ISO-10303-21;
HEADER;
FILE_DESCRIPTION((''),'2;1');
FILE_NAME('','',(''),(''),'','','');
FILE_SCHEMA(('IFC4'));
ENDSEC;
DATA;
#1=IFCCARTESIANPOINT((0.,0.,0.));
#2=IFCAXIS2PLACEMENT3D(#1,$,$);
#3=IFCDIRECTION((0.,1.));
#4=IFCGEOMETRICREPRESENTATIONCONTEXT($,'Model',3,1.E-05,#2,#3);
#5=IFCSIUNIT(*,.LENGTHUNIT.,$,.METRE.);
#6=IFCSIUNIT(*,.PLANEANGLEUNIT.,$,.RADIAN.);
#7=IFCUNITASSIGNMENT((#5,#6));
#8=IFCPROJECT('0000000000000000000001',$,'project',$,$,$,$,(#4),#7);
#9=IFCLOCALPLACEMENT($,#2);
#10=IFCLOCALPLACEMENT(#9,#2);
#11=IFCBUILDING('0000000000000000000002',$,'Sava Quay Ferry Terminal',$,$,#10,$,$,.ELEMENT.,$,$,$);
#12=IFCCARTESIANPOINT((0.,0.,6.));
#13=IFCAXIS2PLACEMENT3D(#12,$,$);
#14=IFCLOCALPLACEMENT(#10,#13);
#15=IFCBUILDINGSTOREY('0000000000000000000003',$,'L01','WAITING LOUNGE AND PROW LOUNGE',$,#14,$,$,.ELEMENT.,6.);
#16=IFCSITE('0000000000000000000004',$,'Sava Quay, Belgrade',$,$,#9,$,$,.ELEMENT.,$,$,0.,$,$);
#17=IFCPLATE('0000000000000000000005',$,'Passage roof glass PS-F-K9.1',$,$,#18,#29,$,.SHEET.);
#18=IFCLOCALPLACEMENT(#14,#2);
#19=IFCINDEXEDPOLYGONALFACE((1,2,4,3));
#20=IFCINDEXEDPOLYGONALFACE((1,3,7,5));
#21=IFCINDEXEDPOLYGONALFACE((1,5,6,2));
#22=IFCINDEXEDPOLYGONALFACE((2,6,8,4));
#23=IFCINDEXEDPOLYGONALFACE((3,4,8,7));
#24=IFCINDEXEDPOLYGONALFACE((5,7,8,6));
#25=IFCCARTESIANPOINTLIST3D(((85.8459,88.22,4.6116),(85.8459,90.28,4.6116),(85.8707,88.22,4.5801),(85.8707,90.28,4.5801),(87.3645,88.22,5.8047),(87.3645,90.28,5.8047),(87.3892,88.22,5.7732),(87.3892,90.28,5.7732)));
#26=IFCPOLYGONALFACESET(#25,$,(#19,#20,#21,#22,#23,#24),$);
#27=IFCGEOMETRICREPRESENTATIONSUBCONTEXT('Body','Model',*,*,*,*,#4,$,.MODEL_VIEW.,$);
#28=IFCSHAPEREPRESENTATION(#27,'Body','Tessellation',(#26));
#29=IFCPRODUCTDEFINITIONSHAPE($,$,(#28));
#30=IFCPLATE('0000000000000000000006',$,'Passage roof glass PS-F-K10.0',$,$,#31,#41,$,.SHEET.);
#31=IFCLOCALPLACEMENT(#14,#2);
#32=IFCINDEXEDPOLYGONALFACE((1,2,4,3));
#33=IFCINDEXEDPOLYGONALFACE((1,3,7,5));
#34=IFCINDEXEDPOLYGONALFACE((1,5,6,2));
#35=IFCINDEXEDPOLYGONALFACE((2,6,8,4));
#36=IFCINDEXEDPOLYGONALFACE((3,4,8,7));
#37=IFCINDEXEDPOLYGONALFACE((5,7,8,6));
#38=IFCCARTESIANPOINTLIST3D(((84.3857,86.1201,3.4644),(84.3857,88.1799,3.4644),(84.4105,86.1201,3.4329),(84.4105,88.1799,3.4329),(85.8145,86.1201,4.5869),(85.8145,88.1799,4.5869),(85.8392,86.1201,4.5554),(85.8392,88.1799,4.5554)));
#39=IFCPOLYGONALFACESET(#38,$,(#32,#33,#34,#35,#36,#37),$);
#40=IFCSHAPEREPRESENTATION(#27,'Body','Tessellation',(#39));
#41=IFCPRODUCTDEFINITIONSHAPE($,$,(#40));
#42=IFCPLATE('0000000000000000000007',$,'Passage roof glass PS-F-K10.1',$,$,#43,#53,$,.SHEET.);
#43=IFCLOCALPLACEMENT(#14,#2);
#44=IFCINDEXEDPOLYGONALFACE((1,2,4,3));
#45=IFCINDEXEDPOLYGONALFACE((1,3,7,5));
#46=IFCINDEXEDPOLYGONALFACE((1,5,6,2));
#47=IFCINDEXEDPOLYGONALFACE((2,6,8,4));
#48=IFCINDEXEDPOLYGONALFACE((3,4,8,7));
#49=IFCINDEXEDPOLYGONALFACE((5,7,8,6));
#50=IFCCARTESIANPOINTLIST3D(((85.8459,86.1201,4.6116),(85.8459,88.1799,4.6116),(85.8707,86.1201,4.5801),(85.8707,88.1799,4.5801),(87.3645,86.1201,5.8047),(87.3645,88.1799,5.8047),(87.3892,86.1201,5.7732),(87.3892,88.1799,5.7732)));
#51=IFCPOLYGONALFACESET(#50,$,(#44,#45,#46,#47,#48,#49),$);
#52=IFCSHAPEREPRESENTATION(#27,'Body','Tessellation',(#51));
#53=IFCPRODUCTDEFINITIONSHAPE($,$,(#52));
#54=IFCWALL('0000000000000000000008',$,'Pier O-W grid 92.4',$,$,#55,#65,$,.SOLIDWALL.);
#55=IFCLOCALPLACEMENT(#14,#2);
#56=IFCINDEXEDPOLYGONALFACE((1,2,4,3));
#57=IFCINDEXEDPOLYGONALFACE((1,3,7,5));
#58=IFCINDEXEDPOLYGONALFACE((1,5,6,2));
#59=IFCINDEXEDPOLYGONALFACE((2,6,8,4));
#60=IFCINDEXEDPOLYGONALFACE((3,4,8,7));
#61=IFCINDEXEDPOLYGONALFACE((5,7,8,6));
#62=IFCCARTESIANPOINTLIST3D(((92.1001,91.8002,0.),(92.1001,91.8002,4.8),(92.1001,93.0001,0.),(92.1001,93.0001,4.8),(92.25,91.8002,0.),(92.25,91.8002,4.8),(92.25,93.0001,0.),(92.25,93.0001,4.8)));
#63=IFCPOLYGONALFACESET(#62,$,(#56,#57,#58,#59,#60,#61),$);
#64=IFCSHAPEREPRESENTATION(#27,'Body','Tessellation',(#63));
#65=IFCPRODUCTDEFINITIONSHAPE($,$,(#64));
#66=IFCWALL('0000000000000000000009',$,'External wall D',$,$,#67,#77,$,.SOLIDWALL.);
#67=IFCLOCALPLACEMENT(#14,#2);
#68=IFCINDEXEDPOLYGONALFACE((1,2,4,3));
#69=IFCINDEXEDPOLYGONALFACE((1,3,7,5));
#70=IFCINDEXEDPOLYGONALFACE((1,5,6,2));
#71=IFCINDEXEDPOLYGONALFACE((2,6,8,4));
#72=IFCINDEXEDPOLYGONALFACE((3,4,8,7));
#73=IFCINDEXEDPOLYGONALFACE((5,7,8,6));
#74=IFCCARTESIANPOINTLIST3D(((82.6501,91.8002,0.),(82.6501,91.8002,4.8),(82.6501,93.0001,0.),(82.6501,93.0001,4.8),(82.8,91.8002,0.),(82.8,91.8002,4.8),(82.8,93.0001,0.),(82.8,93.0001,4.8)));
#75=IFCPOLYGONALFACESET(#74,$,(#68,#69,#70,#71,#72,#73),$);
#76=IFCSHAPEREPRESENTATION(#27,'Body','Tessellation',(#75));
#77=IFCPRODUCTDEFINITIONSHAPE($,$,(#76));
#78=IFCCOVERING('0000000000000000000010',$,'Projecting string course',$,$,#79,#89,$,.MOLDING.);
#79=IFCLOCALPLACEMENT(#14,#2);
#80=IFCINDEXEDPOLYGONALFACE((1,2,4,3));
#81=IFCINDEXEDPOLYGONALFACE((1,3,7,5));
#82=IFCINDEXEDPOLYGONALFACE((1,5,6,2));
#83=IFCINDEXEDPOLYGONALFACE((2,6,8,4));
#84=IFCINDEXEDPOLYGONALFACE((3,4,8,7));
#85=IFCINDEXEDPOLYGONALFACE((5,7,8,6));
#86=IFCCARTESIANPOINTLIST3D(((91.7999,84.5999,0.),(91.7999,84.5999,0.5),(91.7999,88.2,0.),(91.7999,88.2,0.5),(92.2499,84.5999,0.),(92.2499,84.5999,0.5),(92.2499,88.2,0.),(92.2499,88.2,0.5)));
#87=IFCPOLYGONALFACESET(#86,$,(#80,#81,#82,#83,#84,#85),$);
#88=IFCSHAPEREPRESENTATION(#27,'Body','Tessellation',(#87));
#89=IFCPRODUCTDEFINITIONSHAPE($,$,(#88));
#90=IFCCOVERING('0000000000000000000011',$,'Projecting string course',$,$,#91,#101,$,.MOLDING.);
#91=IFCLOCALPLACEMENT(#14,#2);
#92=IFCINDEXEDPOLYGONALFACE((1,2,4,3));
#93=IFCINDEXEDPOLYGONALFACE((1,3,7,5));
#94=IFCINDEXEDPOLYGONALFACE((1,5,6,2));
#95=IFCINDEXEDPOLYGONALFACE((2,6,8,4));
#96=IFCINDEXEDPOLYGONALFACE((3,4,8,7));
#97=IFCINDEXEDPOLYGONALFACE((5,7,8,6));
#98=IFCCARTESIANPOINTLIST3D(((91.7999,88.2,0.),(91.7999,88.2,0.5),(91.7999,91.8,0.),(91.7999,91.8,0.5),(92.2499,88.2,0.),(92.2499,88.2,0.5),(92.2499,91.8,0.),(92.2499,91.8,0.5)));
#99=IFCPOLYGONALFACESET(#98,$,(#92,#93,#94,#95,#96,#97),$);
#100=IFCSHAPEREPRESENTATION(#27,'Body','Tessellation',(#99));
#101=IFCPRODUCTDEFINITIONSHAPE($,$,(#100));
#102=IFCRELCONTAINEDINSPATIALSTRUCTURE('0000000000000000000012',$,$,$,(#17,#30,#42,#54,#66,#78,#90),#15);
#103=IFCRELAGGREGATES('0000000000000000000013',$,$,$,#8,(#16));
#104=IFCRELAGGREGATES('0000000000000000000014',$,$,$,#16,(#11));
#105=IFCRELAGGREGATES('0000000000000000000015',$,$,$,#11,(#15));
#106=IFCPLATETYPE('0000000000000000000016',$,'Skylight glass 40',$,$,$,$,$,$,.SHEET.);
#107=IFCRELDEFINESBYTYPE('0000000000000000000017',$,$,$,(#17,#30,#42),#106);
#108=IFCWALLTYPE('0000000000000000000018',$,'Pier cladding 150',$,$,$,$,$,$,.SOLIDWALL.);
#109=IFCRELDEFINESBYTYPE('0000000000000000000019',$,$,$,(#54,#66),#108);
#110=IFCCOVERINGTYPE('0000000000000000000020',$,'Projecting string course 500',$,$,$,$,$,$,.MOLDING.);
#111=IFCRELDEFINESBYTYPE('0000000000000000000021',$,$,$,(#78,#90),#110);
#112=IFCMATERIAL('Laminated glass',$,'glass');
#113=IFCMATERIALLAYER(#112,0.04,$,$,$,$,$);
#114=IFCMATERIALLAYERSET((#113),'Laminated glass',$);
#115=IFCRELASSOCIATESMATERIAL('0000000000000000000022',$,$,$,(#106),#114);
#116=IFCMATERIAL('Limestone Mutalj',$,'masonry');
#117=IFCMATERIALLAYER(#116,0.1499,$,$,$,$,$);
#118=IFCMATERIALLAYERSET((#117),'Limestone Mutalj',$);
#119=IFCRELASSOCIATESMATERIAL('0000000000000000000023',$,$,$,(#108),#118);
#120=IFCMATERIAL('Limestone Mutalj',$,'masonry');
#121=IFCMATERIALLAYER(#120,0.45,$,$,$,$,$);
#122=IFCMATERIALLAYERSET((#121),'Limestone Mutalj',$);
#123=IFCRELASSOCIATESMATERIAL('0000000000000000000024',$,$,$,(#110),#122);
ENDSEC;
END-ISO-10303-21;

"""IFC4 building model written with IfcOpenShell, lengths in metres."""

from ifc_helpers import new_model, si_unit, direction, frame, frame_2d, origin, origin_2d, place, context, subcontext, project, spatial, polyline, rectangle, outline, extrude, material, layer, layer_set, type_object, element, save


model = new_model("IFC4")

# Units and contexts
model_context = context("Model", 3, precision=1e-05, world=origin(), true_north=direction((0.0, 1.0)))
body_context = subcontext(model_context, "Body", "Model", "MODEL_VIEW")
ifc_project = project(units=[si_unit("LENGTHUNIT", "METRE"), si_unit("PLANEANGLEUNIT", "RADIAN")], contexts=[model_context])

# Site, building, storey
site_placement = place(None, origin())
site = spatial("IfcSite", under=ifc_project, at=site_placement, Name="Sava Quay, Belgrade", CompositionType="ELEMENT", RefElevation=0.0)
building_placement = place(site_placement, origin())
building = spatial("IfcBuilding", under=site, at=building_placement, Name="Sava Quay Ferry Terminal", CompositionType="ELEMENT")
storey_placement = place(building_placement, frame((0.0, 0.0, 6.0)))
storey = spatial("IfcBuildingStorey", under=building, at=storey_placement, Name="L01", Description="WAITING LOUNGE AND PROW LOUNGE", CompositionType="ELEMENT", Elevation=6.0)

# Plates
ifc_material_1 = material(Name="Laminated glass", Category="glass")
ifc_layer_1 = layer(ifc_material_1, 0.04)
ifc_layer_set_1 = layer_set([ifc_layer_1], Name="Laminated glass")
plate_type_1 = type_object("IfcPlateType", Name="Skylight glass 40", PredefinedType="SHEET", material=ifc_layer_set_1)
plate_1_placement = place(storey_placement, frame((85.8459, 90.28, 4.6116), z_axis=(-0.61781, 0.0, 0.786327), x_axis=(0.786327, 0.0, 0.61781)))
element("IfcPlate", 1, at=plate_1_placement, inside=storey, type_object=plate_type_1, Name="Passage roof glass PS-F-K9.1", PredefinedType="SHEET", context=body_context, shape_type="SweptSolid", body=[
    extrude(outline(polyline([(0.0, 0.0), (1.9312, 0.0), (1.9312, -2.0601), (0.0, -2.0601), (0.0, 0.0)])), origin(), (0.0, 0.0, -1.0), 0.04),
])
plate_2_placement = place(storey_placement, frame((85.8145, 88.1799, 4.5869), z_axis=(-0.617822, 0.0, 0.786318), x_axis=(0.0, -1.0, 0.0)))
element("IfcPlate", 2, at=plate_2_placement, inside=storey, type_object=plate_type_1, Name="Passage roof glass PS-F-K10.0", PredefinedType="SHEET", context=body_context, shape_type="SweptSolid", body=[
    extrude(outline(polyline([(0.0, 0.0), (2.0598, 0.0), (2.0598, -1.817), (0.0, -1.817), (0.0, 0.0)])), origin(), (0.0, 0.0, -1.0), 0.04),
])
plate_3_placement = place(storey_placement, frame((85.8459, 88.1799, 4.6116), z_axis=(-0.61781, 0.0, 0.786327), x_axis=(0.786327, 0.0, 0.61781)))
element("IfcPlate", 3, at=plate_3_placement, inside=storey, type_object=plate_type_1, Name="Passage roof glass PS-F-K10.1", PredefinedType="SHEET", context=body_context, shape_type="SweptSolid", body=[
    extrude(outline(polyline([(0.0, 0.0), (1.9312, 0.0), (1.9312, -2.0598), (0.0, -2.0598), (0.0, 0.0)])), origin(), (0.0, 0.0, -1.0), 0.04),
])

# Walls
ifc_material_2 = material(Name="Limestone Mutalj", Category="masonry")
ifc_layer_2 = layer(ifc_material_2, 0.1499)
ifc_layer_set_2 = layer_set([ifc_layer_2], Name="Limestone Mutalj")
wall_type = type_object("IfcWallType", Name="Pier cladding 150", PredefinedType="SOLIDWALL", material=ifc_layer_set_2)
for number, where, z_axis, x_axis, name in (
    (4, (92.175, 91.8, 0.0), (0.0, 0.0, 1.0), (0.0, 1.0, 0.0), "Pier O-W grid 92.4"),
    (5, (82.7251, 91.8, 0.0), (0.0, 0.0, 1.0), (0.0, 1.0, 0.0), "External wall D"),
):
    element("IfcWall", number, at=place(storey_placement, frame(where, z_axis=z_axis, x_axis=x_axis)), inside=storey, type_object=wall_type, Name=name, PredefinedType="SOLIDWALL", context=body_context, shape_type="SweptSolid", body=[
        extrude(rectangle(XDim=1.2, YDim=0.1499, at=frame_2d((0.6001, 0.0))), origin(), (0.0, 0.0, 1.0), 4.8),
    ])

# Coverings
ifc_material_3 = material(Name="Limestone Mutalj", Category="masonry")
ifc_layer_3 = layer(ifc_material_3, 0.45)
ifc_layer_set_3 = layer_set([ifc_layer_3], Name="Limestone Mutalj")
covering_type = type_object("IfcCoveringType", Name="Projecting string course 500", PredefinedType="MOLDING", material=ifc_layer_set_3)
for number, where, z_axis, x_axis, name in (
    (6, (92.0249, 86.3999, 0.0), (0.0, 0.0, 1.0), (1.0, 0.0, 0.0), "Projecting string course"),
    (7, (92.0249, 90.0, 0.0), (0.0, 0.0, 1.0), (1.0, 0.0, 0.0), "Projecting string course"),
):
    element("IfcCovering", number, at=place(storey_placement, frame(where, z_axis=z_axis, x_axis=x_axis)), inside=storey, type_object=covering_type, Name=name, PredefinedType="MOLDING", context=body_context, shape_type="SweptSolid", body=[
        extrude(rectangle(XDim=0.45, YDim=3.6001, at=origin_2d()), origin(), (0.0, 0.0, 1.0), 0.5),
    ])

save(model, "model.ifc")
